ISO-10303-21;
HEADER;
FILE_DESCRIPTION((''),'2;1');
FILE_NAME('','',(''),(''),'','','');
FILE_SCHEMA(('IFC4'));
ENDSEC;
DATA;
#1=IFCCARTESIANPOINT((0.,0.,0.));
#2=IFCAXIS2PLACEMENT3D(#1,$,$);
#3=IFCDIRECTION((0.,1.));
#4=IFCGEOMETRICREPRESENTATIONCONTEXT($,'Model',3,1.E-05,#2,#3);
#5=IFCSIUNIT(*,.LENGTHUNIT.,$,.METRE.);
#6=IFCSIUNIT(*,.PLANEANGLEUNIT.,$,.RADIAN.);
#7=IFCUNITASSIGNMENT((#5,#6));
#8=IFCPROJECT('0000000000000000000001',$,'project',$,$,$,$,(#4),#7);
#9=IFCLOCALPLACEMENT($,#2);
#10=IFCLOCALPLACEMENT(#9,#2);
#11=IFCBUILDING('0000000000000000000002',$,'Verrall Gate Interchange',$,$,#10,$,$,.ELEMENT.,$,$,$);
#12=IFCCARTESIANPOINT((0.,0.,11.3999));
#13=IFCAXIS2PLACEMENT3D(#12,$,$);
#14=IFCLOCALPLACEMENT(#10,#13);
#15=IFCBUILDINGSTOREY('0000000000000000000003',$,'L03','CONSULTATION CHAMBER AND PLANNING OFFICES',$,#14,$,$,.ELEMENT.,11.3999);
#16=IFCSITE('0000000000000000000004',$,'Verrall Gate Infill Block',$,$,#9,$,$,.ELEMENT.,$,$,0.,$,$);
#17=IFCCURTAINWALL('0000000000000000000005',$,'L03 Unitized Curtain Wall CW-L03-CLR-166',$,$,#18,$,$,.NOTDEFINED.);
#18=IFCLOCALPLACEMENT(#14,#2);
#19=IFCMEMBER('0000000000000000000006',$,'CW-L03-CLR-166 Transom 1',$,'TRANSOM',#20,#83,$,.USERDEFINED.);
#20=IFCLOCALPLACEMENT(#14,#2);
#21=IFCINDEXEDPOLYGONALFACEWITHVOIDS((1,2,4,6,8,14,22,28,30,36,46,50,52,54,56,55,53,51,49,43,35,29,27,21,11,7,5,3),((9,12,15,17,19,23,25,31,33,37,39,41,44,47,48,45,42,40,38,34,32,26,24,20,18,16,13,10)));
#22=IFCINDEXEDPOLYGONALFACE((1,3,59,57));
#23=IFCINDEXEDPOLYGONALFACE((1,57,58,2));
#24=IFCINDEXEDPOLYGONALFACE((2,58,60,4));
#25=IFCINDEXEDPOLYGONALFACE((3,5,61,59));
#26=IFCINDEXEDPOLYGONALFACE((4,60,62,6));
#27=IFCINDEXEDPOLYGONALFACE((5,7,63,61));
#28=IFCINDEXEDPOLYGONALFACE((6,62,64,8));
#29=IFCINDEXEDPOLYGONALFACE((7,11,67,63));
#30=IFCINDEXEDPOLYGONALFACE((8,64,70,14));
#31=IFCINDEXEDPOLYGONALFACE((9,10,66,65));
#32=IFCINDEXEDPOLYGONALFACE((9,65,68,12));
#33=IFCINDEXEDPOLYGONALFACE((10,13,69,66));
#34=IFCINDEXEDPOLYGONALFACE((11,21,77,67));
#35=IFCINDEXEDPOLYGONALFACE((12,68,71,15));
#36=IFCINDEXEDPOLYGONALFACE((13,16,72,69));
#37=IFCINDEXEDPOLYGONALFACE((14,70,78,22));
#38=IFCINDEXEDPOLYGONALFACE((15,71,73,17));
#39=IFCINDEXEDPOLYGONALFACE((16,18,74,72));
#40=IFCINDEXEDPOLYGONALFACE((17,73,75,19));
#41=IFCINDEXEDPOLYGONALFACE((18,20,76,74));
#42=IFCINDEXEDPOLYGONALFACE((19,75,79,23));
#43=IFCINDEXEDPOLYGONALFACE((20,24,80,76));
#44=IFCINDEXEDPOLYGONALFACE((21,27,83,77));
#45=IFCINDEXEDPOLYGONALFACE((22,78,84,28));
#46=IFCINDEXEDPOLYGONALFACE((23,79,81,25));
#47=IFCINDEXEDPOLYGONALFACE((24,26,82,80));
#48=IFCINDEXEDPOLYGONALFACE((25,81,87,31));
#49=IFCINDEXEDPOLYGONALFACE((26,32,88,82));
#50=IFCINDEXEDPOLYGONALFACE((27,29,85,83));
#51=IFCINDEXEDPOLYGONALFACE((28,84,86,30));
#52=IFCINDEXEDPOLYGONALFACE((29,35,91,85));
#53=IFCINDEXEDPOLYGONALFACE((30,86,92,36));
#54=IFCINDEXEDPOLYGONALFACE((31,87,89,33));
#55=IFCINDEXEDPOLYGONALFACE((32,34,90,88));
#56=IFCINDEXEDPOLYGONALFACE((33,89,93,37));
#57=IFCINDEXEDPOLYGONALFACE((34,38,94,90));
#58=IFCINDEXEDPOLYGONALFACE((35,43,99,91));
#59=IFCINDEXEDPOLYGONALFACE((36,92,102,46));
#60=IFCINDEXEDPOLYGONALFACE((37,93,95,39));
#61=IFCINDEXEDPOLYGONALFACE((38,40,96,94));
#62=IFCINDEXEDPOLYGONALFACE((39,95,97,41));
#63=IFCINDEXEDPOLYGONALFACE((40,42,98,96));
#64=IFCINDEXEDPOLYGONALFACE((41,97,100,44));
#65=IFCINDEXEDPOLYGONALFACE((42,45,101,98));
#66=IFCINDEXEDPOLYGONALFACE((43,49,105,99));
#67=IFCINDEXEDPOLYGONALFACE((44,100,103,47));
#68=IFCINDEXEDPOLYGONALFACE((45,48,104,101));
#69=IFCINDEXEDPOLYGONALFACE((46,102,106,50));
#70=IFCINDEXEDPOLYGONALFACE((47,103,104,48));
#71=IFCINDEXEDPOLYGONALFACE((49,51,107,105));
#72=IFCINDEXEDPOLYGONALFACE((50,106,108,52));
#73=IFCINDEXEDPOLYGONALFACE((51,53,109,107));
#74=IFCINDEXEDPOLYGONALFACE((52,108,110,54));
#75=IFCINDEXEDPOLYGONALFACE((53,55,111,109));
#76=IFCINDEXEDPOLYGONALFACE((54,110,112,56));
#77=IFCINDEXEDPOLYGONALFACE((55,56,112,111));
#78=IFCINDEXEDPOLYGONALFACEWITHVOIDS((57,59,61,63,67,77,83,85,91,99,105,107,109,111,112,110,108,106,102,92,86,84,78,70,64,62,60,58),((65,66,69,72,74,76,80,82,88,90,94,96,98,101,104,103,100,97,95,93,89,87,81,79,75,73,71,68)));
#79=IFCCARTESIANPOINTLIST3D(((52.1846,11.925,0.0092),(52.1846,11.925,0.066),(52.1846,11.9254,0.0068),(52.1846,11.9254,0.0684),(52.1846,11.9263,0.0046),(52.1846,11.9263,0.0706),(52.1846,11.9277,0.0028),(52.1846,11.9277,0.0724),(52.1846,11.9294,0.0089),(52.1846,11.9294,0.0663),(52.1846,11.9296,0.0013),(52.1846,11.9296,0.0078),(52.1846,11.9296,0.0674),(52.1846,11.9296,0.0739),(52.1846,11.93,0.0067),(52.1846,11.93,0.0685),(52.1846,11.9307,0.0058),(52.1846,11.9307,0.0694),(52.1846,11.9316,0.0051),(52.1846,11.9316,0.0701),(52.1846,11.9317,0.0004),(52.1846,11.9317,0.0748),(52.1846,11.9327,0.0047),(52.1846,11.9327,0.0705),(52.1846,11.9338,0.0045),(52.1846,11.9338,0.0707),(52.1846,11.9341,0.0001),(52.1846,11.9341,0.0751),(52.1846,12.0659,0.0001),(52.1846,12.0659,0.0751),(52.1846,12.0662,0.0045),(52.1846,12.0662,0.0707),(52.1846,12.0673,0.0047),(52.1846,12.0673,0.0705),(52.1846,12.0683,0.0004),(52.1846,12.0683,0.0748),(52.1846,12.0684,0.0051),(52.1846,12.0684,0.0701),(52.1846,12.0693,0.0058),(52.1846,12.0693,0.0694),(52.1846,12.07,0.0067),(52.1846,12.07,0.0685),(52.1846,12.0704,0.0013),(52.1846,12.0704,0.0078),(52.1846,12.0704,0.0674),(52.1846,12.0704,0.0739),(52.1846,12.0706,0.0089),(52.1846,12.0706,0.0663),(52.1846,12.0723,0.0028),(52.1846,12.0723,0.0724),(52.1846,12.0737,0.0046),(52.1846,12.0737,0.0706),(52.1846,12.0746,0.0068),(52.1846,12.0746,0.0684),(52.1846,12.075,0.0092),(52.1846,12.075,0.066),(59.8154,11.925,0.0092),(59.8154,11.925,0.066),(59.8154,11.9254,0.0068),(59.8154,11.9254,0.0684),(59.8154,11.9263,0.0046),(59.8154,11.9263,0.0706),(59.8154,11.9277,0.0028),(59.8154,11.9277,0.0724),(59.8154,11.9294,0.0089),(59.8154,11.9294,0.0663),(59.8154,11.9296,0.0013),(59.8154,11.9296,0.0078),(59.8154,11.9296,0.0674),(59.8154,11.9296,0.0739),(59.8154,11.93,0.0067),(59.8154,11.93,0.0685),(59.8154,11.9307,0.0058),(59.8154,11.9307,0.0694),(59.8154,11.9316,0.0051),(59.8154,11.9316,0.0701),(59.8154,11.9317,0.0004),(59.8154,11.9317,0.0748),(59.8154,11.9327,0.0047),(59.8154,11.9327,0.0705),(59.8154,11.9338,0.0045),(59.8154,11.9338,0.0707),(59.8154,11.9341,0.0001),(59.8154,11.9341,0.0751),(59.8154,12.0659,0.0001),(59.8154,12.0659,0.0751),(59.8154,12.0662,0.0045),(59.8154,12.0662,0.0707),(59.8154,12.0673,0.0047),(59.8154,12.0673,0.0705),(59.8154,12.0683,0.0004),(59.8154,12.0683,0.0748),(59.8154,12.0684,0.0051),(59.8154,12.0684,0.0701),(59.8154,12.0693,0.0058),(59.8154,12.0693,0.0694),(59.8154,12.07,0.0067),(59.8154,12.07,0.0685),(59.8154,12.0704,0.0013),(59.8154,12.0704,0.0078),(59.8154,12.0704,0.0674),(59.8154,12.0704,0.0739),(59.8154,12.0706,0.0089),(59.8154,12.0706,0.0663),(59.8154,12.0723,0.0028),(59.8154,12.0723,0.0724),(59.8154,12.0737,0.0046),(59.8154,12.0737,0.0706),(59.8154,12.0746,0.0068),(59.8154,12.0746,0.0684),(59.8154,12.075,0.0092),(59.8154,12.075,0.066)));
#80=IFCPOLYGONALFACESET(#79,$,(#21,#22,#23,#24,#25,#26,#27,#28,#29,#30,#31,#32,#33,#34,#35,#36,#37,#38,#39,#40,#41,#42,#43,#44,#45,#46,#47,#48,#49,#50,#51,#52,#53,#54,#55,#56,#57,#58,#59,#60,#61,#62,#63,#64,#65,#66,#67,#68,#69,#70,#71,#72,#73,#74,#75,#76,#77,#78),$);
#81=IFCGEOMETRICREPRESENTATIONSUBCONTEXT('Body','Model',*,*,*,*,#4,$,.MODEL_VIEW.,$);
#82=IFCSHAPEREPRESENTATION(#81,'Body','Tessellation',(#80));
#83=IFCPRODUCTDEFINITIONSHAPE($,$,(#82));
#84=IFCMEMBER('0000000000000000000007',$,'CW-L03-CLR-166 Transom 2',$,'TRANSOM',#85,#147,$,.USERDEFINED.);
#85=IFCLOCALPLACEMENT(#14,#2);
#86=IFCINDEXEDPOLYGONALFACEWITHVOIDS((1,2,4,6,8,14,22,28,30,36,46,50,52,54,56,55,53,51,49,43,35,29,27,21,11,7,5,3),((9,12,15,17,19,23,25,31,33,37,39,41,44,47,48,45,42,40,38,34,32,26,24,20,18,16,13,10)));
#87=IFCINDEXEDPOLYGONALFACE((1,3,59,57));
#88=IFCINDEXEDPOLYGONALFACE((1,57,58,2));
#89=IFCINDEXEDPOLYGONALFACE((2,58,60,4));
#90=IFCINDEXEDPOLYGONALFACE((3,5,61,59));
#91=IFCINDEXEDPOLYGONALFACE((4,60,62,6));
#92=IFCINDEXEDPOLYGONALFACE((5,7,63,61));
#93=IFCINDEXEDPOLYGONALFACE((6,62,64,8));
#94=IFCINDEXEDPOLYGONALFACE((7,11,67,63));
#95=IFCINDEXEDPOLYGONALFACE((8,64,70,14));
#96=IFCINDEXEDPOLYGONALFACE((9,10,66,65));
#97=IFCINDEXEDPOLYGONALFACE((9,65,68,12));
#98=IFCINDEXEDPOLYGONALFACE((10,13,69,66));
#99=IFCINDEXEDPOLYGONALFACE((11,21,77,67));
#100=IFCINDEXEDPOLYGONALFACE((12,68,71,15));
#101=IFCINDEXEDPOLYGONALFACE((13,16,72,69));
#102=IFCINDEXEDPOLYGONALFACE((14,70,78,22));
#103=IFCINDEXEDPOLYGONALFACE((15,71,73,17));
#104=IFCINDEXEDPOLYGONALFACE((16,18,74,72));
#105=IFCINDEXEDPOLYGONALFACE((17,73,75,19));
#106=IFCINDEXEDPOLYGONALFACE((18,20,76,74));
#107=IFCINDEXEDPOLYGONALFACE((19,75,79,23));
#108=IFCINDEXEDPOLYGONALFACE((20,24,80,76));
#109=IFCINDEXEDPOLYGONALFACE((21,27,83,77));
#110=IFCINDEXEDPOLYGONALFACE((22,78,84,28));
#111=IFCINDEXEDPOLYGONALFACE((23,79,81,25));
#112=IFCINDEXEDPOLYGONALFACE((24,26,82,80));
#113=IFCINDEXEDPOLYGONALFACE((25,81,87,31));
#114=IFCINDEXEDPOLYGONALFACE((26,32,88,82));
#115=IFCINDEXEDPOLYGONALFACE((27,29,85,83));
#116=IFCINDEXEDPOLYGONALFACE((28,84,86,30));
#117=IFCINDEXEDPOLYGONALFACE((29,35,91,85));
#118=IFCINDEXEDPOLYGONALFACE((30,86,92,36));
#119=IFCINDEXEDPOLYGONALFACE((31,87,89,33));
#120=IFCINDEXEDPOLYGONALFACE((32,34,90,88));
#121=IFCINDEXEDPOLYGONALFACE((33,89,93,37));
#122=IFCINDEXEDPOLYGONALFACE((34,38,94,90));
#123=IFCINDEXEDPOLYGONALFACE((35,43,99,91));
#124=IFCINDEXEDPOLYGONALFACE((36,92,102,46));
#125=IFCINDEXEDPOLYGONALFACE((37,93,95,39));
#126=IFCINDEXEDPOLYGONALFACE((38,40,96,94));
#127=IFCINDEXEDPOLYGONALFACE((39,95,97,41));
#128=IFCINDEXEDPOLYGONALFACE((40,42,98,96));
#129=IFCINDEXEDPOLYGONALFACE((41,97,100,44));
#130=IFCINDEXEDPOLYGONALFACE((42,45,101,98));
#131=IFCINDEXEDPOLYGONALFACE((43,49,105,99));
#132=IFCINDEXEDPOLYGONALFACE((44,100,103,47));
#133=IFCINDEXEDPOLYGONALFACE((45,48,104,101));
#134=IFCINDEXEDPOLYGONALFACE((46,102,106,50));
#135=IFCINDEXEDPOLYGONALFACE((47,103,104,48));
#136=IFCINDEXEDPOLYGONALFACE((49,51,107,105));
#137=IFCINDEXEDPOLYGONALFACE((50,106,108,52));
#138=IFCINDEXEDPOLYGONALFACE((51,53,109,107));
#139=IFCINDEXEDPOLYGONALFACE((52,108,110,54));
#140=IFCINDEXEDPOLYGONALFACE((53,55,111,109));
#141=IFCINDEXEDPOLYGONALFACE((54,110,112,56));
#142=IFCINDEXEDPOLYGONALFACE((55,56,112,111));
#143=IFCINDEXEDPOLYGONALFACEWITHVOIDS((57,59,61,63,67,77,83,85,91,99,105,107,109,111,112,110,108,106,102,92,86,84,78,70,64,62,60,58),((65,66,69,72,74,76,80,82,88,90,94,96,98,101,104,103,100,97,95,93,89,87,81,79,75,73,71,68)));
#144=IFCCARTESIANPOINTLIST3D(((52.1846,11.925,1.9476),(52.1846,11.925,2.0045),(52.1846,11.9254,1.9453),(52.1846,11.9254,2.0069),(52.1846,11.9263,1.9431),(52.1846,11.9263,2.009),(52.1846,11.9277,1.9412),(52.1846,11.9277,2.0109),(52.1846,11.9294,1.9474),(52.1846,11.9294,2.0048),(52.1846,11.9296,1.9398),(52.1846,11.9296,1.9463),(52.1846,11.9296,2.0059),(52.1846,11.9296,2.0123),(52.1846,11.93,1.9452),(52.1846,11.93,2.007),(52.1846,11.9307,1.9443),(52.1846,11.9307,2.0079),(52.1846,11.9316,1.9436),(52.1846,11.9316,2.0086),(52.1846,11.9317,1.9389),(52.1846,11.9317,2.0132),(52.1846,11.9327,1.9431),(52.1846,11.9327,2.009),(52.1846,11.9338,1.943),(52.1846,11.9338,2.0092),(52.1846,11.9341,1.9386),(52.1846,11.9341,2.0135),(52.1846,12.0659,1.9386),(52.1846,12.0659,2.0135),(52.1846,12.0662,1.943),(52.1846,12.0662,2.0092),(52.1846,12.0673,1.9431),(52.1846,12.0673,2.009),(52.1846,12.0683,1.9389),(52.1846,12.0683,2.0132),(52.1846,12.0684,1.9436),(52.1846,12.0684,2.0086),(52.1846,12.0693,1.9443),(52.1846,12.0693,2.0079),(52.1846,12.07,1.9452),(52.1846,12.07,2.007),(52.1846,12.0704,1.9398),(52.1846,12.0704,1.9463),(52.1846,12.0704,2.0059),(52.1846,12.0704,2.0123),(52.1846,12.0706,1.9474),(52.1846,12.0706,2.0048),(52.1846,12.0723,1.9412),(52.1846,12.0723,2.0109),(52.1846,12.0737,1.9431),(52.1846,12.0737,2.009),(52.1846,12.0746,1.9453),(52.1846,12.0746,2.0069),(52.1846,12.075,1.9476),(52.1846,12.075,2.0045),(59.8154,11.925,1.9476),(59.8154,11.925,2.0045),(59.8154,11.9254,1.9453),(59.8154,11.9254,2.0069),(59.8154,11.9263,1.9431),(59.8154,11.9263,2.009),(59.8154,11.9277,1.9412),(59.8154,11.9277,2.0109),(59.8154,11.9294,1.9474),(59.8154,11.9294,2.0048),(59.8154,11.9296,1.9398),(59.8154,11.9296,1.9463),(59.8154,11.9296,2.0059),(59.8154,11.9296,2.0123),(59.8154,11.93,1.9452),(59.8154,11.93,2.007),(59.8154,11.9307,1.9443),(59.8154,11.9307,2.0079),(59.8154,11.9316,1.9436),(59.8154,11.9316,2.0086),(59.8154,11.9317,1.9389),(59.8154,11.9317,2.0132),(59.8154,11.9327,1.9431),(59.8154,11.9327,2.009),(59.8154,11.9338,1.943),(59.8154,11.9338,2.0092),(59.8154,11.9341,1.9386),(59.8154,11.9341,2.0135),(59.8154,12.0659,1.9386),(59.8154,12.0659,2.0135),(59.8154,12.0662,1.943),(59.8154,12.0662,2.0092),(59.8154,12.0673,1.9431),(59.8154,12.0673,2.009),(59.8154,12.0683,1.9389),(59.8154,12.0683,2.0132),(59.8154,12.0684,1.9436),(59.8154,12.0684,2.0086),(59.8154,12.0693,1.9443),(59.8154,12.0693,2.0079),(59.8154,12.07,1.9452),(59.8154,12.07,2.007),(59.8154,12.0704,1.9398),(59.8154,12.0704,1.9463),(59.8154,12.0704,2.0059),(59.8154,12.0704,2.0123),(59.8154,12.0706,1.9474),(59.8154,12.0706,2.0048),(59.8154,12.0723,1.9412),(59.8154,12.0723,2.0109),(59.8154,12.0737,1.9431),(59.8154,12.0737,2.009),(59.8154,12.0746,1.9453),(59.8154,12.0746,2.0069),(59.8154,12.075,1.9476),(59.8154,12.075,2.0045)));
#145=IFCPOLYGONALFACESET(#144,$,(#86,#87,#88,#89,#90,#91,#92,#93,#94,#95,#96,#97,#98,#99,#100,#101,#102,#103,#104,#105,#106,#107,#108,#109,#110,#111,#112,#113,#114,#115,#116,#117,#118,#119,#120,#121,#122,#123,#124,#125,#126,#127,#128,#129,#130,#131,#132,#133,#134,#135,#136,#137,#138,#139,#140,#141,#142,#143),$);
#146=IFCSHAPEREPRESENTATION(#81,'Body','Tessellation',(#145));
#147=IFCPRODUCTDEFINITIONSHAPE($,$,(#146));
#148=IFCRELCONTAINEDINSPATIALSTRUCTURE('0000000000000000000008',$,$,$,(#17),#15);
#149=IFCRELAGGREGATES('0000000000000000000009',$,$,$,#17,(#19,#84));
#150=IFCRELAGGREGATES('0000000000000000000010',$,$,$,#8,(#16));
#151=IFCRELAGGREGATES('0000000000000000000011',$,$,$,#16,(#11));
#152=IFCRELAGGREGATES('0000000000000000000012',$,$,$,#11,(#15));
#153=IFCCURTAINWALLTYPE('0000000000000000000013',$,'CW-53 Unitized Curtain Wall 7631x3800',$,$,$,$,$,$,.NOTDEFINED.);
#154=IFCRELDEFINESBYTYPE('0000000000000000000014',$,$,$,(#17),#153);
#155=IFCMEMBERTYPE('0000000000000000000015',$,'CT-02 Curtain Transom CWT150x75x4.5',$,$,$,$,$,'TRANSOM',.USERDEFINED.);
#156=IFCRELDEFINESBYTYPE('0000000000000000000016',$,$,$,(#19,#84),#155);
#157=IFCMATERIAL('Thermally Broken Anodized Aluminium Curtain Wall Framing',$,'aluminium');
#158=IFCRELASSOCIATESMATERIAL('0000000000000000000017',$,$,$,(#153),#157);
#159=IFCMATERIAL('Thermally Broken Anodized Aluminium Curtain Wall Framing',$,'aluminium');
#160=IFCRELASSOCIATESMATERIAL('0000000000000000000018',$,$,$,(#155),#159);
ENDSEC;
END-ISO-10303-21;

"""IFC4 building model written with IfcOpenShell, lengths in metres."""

from ifc_helpers import new_model, si_unit, direction, frame, origin, origin_2d, place, context, subcontext, project, spatial, hollow_rectangle, extrude, material, material_profile, profile_set, type_object, element, aggregate, save


model = new_model("IFC4")

# Units and contexts
model_context = context("Model", 3, precision=1e-05, world=origin(), true_north=direction((0.0, 1.0)))
body_context = subcontext(model_context, "Body", "Model", "MODEL_VIEW")
ifc_project = project(units=[si_unit("LENGTHUNIT", "METRE"), si_unit("PLANEANGLEUNIT", "RADIAN")], contexts=[model_context])

# Site, building, storey
site_placement = place(None, origin())
site = spatial("IfcSite", under=ifc_project, at=site_placement, Name="Verrall Gate Infill Block", CompositionType="ELEMENT", RefElevation=0.0)
building_placement = place(site_placement, origin())
building = spatial("IfcBuilding", under=site, at=building_placement, Name="Verrall Gate Interchange", CompositionType="ELEMENT")
storey_placement = place(building_placement, frame((0.0, 0.0, 11.3999)))
storey = spatial("IfcBuildingStorey", under=building, at=storey_placement, Name="L03", Description="CONSULTATION CHAMBER AND PLANNING OFFICES", CompositionType="ELEMENT", Elevation=11.3999)

# Curtain wall, members
ifc_material_1 = material(Name="Thermally Broken Anodized Aluminium Curtain Wall Framing", Category="aluminium")
curtain_wall_type = type_object("IfcCurtainWallType", Name="CW-53 Unitized Curtain Wall 7631x3800", PredefinedType="NOTDEFINED", material=ifc_material_1)
curtain_wall_placement = place(storey_placement, origin())
curtain_wall = element("IfcCurtainWall", 1, at=curtain_wall_placement, inside=storey, type_object=curtain_wall_type, Name="L03 Unitized Curtain Wall CW-L03-CLR-166", PredefinedType="NOTDEFINED")
ifc_material_2 = material(Name="Thermally Broken Anodized Aluminium Curtain Wall Framing", Category="aluminium")
ifc_material_profile_1 = material_profile(ifc_material_2, hollow_rectangle(XDim=0.1499, YDim=0.075, WallThickness=0.0044, InnerFilletRadius=0.0044, OuterFilletRadius=0.009, at=origin_2d()), Name="CWT150x75x4.5")
ifc_profile_set_1 = profile_set([ifc_material_profile_1], Name="Thermally Broken Anodized Aluminium Curtain Wall Framing")
member_type_1 = type_object("IfcMemberType", Name="CT-02 Curtain Transom CWT150x75x4.5", ElementType="TRANSOM", PredefinedType="USERDEFINED", material=ifc_profile_set_1)
member_1_placement = place(storey_placement, frame((52.1846, 12.0, 0.0376), z_axis=(1.0, 0.0, 0.0), x_axis=(0.0, 1.0, 0.0)))
member_1 = element("IfcMember", 2, at=member_1_placement, type_object=member_type_1, Name="CW-L03-CLR-166 Transom 1", ObjectType="TRANSOM", PredefinedType="USERDEFINED", context=body_context, shape_type="SweptSolid", body=[
    extrude(hollow_rectangle(XDim=0.1499, YDim=0.075, WallThickness=0.0044, InnerFilletRadius=0.0044, OuterFilletRadius=0.009, at=origin_2d()), origin(), (0.0, 0.0, 1.0), 7.6309),
])
member_2_placement = place(storey_placement, frame((52.1846, 12.0, 1.9761), z_axis=(1.0, 0.0, 0.0), x_axis=(0.0, 1.0, 0.0)))
member_2 = element("IfcMember", 3, at=member_2_placement, type_object=member_type_1, Name="CW-L03-CLR-166 Transom 2", ObjectType="TRANSOM", PredefinedType="USERDEFINED", context=body_context, shape_type="SweptSolid", body=[
    extrude(hollow_rectangle(XDim=0.1499, YDim=0.075, WallThickness=0.0044, InnerFilletRadius=0.0044, OuterFilletRadius=0.009, at=origin_2d()), origin(), (0.0, 0.0, 1.0), 7.6309),
])

aggregate(curtain_wall, [member_1, member_2])

save(model, "model.ifc")
